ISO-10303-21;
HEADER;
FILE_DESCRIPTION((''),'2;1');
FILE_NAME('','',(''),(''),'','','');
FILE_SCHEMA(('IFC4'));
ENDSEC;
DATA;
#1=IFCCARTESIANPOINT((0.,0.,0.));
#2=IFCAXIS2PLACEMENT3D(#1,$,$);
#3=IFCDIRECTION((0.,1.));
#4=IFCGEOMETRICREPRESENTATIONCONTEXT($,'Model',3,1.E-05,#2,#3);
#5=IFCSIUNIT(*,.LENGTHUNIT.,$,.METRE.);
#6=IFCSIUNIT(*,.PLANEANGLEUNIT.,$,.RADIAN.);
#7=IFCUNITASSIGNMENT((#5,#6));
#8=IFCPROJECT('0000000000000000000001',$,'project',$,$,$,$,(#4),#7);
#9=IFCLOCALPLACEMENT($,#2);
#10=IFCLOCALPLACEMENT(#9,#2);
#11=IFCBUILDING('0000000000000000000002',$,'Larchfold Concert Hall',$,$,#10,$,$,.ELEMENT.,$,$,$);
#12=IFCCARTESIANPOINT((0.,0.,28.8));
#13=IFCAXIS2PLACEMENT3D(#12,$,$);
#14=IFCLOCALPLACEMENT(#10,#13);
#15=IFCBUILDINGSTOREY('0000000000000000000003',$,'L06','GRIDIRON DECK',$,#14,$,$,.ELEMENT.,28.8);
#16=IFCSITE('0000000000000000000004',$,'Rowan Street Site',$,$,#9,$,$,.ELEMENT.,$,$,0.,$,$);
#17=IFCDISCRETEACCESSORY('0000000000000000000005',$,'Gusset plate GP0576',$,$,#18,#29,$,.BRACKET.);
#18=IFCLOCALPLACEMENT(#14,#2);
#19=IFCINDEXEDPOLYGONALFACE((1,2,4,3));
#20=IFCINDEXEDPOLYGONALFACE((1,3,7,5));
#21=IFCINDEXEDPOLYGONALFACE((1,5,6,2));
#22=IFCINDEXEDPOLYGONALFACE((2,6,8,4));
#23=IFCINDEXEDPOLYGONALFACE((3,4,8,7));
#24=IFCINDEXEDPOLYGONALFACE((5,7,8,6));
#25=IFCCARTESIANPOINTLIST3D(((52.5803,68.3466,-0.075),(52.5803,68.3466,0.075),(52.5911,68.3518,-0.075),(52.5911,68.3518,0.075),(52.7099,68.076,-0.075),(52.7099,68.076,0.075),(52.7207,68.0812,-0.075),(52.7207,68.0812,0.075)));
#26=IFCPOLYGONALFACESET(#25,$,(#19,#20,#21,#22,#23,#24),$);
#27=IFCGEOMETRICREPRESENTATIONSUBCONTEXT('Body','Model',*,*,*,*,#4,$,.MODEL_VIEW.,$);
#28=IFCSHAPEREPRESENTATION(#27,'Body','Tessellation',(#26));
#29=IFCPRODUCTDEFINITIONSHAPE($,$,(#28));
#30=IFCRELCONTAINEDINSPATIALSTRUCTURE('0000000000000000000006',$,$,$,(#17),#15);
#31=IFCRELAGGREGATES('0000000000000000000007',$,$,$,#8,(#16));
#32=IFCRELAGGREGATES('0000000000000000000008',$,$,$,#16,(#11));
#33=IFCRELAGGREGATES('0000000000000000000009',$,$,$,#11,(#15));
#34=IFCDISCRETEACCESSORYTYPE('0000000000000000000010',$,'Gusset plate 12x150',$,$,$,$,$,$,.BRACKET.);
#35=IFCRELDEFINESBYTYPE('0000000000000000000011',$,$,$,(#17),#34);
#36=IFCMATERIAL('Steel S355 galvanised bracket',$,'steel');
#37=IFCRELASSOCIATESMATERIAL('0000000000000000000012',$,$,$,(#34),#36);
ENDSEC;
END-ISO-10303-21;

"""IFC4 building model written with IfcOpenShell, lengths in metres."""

from ifc_helpers import new_model, si_unit, direction, frame, origin, origin_2d, place, context, subcontext, project, spatial, rectangle, extrude, material, material_profile, profile_set, type_object, element, save


model = new_model("IFC4")

# Units and contexts
model_context = context("Model", 3, precision=1e-05, world=origin(), true_north=direction((0.0, 1.0)))
body_context = subcontext(model_context, "Body", "Model", "MODEL_VIEW")
ifc_project = project(units=[si_unit("LENGTHUNIT", "METRE"), si_unit("PLANEANGLEUNIT", "RADIAN")], contexts=[model_context])

# Site, building, storey
site_placement = place(None, origin())
site = spatial("IfcSite", under=ifc_project, at=site_placement, Name="Rowan Street Site", CompositionType="ELEMENT", RefElevation=0.0)
building_placement = place(site_placement, origin())
building = spatial("IfcBuilding", under=site, at=building_placement, Name="Larchfold Concert Hall", CompositionType="ELEMENT")
storey_placement = place(building_placement, frame((0.0, 0.0, 28.8)))
storey = spatial("IfcBuildingStorey", under=building, at=storey_placement, Name="L06", Description="GRIDIRON DECK", CompositionType="ELEMENT", Elevation=28.8)

# Discrete accessory
ifc_material_1 = material(Name="Steel S355 galvanised bracket", Category="steel")
ifc_material_profile_1 = material_profile(ifc_material_1, rectangle(XDim=0.012, YDim=0.1499, at=origin_2d()))
ifc_profile_set_1 = profile_set([ifc_material_profile_1], Name="Steel S355 galvanised bracket")
discrete_accessory_type = type_object("IfcDiscreteAccessoryType", Name="Gusset plate 12x150", PredefinedType="BRACKET", material=ifc_profile_set_1)
for number, where, z_axis, x_axis, name in (
    (1, (52.7153, 68.0786, 0.0), (-0.432175, 0.90179, 0.0), (-0.90179, -0.432175, 0.0), "Gusset plate GP0576"),
):
    element("IfcDiscreteAccessory", number, at=place(storey_placement, frame(where, z_axis=z_axis, x_axis=x_axis)), inside=storey, type_object=discrete_accessory_type, Name=name, PredefinedType="BRACKET", context=body_context, shape_type="SweptSolid", body=[
        extrude(rectangle(XDim=0.012, YDim=0.1499, at=origin_2d()), origin(), (0.0, 0.0, 1.0), 0.3),
    ])

save(model, "model.ifc")
